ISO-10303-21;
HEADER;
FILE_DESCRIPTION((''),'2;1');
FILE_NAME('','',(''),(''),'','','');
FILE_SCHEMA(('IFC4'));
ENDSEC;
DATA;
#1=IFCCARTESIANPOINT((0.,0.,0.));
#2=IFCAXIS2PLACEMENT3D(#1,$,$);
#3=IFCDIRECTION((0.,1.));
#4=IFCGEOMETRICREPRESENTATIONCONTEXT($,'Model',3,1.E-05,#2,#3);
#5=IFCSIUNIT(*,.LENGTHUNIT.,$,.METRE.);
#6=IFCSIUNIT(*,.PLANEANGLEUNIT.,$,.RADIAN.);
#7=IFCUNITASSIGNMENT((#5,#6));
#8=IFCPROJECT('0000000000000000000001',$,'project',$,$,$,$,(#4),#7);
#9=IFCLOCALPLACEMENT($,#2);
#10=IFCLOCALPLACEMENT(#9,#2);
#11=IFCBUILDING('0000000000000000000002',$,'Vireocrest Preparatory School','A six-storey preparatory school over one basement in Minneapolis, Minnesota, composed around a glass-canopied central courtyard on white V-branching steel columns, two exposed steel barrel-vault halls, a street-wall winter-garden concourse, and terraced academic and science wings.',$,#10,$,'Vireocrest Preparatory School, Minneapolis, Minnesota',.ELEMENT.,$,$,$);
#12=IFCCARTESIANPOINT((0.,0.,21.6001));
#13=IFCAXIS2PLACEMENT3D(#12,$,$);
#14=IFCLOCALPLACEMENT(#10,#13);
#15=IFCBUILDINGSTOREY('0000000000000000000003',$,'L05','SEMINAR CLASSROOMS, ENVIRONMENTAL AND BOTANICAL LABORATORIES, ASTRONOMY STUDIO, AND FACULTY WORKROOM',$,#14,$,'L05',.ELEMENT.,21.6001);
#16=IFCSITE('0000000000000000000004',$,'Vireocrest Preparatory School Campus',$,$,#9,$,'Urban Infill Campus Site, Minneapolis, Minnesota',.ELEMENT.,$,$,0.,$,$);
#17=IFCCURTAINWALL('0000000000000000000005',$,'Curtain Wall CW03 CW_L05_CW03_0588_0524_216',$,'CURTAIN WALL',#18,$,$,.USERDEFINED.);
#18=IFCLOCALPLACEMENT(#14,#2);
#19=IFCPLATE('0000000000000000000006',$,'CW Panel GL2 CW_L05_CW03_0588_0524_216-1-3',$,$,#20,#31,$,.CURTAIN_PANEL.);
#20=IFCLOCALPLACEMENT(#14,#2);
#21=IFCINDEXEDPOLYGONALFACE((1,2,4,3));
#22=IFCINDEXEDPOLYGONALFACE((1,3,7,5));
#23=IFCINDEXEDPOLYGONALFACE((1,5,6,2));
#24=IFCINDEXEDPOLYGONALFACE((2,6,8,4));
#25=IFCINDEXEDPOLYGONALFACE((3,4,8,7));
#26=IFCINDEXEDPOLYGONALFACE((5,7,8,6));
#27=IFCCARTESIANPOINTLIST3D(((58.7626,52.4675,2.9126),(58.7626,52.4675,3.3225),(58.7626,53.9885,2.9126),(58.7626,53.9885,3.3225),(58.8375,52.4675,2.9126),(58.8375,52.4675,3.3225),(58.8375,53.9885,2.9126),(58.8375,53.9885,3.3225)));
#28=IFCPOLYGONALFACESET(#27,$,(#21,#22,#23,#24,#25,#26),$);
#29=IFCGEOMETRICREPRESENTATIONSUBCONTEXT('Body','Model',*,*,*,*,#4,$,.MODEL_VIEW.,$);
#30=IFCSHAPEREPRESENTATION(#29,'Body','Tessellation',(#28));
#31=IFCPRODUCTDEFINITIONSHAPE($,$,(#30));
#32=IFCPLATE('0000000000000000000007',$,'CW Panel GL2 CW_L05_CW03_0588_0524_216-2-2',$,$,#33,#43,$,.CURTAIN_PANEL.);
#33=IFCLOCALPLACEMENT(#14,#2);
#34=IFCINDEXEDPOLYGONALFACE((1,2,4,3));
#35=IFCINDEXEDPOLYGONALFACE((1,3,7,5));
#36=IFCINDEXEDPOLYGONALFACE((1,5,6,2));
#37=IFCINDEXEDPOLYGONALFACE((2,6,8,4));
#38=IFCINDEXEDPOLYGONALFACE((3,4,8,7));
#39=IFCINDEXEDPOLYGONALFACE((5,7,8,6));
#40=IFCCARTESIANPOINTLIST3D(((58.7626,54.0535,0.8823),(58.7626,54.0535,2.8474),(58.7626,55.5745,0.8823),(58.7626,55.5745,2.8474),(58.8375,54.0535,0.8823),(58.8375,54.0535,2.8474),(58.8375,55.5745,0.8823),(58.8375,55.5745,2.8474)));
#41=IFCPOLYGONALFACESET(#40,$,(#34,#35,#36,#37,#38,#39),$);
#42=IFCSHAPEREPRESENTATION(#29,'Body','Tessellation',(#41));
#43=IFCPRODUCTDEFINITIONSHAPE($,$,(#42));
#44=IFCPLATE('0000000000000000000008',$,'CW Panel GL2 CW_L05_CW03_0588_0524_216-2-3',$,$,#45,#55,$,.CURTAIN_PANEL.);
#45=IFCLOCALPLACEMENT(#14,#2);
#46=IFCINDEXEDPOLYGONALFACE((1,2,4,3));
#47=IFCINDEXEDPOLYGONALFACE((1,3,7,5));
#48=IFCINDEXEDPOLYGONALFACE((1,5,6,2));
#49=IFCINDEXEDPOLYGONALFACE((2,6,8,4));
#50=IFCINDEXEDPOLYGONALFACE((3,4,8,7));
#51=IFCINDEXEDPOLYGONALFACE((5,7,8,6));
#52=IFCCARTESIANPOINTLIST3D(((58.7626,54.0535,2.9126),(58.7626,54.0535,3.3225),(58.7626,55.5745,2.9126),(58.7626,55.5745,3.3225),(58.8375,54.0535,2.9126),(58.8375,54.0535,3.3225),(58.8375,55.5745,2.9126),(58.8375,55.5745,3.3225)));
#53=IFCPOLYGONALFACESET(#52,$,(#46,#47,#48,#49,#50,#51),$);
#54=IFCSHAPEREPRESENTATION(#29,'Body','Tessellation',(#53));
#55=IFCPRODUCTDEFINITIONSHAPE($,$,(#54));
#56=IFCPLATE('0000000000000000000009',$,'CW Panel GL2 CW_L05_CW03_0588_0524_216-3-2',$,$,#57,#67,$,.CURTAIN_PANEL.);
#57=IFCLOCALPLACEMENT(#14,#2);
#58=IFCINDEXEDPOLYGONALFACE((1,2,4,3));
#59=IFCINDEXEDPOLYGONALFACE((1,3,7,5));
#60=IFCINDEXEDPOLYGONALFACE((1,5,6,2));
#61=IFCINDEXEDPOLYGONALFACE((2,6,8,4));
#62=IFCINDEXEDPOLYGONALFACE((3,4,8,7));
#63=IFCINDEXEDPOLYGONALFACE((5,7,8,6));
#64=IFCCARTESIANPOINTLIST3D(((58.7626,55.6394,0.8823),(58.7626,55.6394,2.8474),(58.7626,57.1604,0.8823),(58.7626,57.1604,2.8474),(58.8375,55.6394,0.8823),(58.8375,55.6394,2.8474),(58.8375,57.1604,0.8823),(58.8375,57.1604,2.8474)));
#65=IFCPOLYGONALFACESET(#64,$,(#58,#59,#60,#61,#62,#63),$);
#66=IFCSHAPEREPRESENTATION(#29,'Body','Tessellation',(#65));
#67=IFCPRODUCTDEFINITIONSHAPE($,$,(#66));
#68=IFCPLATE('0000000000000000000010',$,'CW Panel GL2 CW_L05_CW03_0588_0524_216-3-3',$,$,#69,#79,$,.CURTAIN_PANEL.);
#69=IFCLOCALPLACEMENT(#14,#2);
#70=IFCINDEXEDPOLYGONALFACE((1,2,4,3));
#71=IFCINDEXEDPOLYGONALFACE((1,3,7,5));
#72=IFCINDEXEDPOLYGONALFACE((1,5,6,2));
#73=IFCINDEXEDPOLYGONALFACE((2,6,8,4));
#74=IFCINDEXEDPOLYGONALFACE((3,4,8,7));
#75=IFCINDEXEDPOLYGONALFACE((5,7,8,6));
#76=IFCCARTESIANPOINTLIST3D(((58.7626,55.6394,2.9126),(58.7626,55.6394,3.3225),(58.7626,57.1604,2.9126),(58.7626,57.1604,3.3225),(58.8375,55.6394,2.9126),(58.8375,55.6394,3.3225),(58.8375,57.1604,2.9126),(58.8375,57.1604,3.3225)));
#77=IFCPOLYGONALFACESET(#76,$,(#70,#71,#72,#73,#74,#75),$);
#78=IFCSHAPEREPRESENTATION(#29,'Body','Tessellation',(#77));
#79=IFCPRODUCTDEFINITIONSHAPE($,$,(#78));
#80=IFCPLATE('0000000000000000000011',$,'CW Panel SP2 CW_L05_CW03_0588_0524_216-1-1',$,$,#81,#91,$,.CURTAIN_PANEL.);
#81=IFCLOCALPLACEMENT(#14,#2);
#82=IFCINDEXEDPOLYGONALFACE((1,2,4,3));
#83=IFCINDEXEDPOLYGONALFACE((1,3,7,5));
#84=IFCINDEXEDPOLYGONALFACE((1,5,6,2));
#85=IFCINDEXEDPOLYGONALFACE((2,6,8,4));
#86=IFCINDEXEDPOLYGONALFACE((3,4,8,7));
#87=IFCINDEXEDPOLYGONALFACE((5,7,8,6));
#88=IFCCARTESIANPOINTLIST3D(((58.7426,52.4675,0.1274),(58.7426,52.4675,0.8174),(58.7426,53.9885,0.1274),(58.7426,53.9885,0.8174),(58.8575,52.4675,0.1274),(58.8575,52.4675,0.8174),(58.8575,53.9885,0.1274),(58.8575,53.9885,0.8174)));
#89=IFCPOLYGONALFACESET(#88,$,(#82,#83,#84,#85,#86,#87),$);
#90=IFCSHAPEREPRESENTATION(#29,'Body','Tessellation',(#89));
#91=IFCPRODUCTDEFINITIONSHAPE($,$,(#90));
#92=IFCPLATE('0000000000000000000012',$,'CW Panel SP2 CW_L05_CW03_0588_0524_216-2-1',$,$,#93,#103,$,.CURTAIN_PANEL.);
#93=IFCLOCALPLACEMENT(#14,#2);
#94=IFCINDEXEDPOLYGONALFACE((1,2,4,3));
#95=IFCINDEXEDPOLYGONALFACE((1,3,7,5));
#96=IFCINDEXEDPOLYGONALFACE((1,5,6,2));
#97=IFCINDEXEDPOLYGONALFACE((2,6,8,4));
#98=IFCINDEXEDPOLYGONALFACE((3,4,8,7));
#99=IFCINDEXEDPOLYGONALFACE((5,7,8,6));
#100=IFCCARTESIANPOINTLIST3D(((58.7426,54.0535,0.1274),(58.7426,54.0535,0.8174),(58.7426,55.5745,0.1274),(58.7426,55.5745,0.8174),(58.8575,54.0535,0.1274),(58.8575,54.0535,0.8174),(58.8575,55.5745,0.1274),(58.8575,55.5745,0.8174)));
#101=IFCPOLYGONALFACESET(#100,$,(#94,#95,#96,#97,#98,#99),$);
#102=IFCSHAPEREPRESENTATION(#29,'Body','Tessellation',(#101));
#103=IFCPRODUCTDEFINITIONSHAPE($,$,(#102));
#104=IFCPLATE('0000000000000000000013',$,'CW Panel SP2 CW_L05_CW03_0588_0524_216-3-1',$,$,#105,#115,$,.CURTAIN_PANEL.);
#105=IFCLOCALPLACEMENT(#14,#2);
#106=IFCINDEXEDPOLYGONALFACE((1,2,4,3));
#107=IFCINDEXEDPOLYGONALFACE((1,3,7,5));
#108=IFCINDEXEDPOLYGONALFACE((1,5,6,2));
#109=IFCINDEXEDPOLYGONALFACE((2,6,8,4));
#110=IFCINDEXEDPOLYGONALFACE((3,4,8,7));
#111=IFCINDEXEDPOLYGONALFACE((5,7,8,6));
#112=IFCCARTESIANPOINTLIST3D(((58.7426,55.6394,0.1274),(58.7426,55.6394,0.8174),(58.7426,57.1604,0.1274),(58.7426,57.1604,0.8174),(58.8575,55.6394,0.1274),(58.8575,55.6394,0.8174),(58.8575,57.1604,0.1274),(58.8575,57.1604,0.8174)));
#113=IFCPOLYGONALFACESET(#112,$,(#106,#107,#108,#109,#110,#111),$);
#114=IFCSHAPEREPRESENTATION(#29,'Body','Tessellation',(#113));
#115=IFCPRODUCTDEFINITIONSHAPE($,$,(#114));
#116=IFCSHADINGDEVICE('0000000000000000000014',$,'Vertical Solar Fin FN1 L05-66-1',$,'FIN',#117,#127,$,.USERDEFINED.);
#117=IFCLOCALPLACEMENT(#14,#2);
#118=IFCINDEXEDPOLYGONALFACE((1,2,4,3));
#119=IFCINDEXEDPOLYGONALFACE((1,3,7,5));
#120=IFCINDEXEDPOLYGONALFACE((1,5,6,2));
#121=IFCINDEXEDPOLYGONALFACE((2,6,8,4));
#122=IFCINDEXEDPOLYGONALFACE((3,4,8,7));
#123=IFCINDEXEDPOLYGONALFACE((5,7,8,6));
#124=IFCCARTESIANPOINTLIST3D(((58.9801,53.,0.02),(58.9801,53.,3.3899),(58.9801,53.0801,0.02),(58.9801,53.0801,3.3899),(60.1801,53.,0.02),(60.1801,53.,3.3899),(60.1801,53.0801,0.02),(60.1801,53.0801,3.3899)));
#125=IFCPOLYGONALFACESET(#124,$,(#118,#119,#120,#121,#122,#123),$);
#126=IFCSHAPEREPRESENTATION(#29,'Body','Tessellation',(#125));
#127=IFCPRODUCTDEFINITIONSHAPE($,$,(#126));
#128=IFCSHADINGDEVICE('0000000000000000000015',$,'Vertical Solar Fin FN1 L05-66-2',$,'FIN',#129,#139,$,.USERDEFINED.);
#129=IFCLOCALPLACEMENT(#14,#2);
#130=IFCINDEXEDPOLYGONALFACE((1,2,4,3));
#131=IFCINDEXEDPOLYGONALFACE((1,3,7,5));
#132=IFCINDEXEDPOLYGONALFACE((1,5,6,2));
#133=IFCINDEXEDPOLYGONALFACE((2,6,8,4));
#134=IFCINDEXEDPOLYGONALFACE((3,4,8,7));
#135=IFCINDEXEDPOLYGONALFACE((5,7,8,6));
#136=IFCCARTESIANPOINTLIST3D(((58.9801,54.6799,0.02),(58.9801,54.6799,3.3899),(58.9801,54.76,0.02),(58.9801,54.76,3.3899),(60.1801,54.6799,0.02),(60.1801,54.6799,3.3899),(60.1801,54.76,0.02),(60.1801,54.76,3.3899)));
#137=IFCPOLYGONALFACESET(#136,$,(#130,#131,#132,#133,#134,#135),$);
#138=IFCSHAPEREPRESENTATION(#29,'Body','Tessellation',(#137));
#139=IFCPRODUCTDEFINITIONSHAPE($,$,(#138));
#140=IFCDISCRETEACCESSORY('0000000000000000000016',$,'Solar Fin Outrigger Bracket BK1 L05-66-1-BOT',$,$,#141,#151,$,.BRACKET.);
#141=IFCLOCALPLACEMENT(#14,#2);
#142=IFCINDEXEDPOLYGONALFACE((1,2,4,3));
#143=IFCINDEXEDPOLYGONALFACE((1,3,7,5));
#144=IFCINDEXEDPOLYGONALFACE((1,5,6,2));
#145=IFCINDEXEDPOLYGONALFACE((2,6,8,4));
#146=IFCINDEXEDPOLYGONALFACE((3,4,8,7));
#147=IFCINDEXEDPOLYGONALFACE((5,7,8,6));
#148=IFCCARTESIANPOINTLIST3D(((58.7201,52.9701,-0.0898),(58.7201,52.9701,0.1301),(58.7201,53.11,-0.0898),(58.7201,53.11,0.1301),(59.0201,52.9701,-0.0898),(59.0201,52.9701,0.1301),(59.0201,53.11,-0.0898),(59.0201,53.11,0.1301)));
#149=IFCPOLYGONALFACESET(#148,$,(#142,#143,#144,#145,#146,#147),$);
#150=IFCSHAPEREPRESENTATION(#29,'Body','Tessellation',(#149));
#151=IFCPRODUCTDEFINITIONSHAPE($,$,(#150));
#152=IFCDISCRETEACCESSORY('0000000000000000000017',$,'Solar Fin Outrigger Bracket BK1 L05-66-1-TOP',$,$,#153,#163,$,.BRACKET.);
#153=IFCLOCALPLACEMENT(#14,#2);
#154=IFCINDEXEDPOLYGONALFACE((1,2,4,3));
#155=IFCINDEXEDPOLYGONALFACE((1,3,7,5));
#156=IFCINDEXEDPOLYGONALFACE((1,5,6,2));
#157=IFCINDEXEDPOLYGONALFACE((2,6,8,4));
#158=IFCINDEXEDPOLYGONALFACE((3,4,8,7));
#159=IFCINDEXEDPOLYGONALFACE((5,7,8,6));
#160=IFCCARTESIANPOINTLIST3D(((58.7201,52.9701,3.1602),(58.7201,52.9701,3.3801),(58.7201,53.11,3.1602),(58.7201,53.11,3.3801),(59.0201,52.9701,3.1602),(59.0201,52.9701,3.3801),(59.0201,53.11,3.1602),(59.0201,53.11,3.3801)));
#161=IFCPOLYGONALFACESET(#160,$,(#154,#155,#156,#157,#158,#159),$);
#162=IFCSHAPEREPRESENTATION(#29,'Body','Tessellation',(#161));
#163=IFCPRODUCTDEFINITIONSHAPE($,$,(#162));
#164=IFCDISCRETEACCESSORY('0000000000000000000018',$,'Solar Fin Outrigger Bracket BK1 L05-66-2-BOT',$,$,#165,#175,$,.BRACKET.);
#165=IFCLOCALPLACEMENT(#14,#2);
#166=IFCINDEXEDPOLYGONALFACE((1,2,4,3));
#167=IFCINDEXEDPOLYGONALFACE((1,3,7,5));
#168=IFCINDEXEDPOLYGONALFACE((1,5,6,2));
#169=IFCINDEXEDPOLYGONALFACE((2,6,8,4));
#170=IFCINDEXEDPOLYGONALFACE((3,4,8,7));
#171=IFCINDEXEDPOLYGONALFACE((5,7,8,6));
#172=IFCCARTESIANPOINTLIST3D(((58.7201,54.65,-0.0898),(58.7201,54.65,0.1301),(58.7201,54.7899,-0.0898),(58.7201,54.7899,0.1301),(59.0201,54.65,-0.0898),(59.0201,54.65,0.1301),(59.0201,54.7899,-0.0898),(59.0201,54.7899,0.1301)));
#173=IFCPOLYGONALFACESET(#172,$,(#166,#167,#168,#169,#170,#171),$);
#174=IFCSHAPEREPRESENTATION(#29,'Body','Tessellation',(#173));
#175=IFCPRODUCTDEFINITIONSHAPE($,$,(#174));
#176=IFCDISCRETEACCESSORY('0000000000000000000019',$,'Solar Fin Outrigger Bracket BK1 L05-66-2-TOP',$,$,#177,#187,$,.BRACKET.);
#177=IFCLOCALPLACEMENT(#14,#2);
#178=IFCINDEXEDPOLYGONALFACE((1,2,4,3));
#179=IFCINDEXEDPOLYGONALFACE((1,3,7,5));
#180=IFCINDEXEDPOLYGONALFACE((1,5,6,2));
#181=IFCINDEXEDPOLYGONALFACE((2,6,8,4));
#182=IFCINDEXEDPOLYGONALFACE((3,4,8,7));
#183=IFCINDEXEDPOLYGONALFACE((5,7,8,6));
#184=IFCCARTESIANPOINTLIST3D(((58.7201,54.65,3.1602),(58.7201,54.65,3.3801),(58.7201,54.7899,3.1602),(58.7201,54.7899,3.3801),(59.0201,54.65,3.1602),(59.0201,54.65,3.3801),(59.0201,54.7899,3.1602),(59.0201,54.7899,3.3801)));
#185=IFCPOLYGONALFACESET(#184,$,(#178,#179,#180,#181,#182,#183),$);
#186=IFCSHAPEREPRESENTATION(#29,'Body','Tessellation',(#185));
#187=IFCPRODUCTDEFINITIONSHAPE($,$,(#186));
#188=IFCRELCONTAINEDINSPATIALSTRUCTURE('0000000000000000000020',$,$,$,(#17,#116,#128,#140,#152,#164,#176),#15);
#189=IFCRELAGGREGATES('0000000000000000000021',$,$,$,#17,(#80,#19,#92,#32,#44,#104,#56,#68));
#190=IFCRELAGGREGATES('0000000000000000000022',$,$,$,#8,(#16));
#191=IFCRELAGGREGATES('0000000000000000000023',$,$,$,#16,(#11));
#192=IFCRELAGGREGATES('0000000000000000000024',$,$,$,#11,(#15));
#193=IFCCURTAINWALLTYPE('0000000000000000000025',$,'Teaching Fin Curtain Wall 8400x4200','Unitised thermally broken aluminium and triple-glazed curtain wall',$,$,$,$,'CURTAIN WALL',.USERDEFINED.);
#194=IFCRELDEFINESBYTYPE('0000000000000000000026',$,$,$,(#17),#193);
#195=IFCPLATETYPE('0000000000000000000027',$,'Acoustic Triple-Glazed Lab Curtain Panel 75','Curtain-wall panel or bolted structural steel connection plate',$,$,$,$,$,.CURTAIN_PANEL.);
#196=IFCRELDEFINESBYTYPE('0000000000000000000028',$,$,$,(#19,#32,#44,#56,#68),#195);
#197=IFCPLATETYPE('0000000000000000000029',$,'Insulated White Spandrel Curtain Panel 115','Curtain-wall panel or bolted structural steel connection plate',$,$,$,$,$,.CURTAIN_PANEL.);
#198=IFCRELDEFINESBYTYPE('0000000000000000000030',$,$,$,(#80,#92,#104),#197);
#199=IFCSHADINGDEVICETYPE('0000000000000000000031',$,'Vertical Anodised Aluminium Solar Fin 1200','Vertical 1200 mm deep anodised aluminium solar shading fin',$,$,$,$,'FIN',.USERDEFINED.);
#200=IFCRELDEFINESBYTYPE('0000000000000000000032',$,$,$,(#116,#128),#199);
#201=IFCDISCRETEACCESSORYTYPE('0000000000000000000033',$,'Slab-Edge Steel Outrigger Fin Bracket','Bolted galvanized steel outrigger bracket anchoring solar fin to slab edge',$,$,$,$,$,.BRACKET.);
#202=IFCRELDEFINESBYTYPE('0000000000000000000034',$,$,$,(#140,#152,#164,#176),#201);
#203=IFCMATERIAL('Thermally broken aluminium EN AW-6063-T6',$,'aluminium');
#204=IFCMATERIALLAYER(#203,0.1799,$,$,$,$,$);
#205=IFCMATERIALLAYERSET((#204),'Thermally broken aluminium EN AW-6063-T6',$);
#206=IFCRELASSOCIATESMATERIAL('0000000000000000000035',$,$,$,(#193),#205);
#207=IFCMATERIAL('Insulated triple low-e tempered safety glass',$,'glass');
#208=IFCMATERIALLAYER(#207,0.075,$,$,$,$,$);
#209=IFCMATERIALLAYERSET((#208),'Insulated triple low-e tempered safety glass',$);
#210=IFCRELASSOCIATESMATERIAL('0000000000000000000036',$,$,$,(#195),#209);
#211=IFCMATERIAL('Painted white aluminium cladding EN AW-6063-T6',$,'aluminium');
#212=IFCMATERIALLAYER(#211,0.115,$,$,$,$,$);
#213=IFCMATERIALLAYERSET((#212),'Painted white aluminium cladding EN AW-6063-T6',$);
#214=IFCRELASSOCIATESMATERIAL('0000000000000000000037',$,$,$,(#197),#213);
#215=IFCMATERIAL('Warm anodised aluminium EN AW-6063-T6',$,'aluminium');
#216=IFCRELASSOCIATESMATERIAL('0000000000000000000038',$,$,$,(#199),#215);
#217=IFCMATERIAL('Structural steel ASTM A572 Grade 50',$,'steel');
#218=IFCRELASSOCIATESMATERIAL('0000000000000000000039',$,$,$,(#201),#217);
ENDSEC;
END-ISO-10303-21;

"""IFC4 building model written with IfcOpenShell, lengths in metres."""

from ifc_helpers import new_model, si_unit, direction, frame, origin, origin_2d, place, context, subcontext, project, spatial, rectangle, extrude, material, layer, layer_set, material_profile, profile_set, type_object, element, aggregate, save


model = new_model("IFC4")

# Units and contexts
model_context = context("Model", 3, precision=1e-05, world=origin(), true_north=direction((0.0, 1.0)))
body_context = subcontext(model_context, "Body", "Model", "MODEL_VIEW")
ifc_project = project(units=[si_unit("LENGTHUNIT", "METRE"), si_unit("PLANEANGLEUNIT", "RADIAN")], contexts=[model_context])

# Site, building, storey
site_placement = place(None, origin())
site = spatial("IfcSite", under=ifc_project, at=site_placement, Name="Vireocrest Preparatory School Campus", LongName="Urban Infill Campus Site, Minneapolis, Minnesota", CompositionType="ELEMENT", RefElevation=0.0)
building_placement = place(site_placement, origin())
building = spatial("IfcBuilding", under=site, at=building_placement, Name="Vireocrest Preparatory School", Description="A six-storey preparatory school over one basement in Minneapolis, Minnesota, composed around a glass-canopied central courtyard on white V-branching steel columns, two exposed steel barrel-vault halls, a street-wall winter-garden concourse, and terraced academic and science wings.", LongName="Vireocrest Preparatory School, Minneapolis, Minnesota", CompositionType="ELEMENT")
storey_placement = place(building_placement, frame((0.0, 0.0, 21.6001)))
storey = spatial("IfcBuildingStorey", under=building, at=storey_placement, Name="L05", Description="SEMINAR CLASSROOMS, ENVIRONMENTAL AND BOTANICAL LABORATORIES, ASTRONOMY STUDIO, AND FACULTY WORKROOM", LongName="L05", CompositionType="ELEMENT", Elevation=21.6001)

# Curtain wall
ifc_material_1 = material(Name="Thermally broken aluminium EN AW-6063-T6", Category="aluminium")
ifc_layer_1 = layer(ifc_material_1, 0.1799)
ifc_layer_set_1 = layer_set([ifc_layer_1], Name="Thermally broken aluminium EN AW-6063-T6")
curtain_wall_type = type_object("IfcCurtainWallType", Name="Teaching Fin Curtain Wall 8400x4200", Description="Unitised thermally broken aluminium and triple-glazed curtain wall", ElementType="CURTAIN WALL", PredefinedType="USERDEFINED", material=ifc_layer_set_1)
curtain_wall_placement = place(storey_placement, origin())
curtain_wall = element("IfcCurtainWall", 1, at=curtain_wall_placement, inside=storey, type_object=curtain_wall_type, Name="Curtain Wall CW03 CW_L05_CW03_0588_0524_216", ObjectType="CURTAIN WALL", PredefinedType="USERDEFINED")

# Plates
ifc_material_2 = material(Name="Insulated triple low-e tempered safety glass", Category="glass")
ifc_layer_2 = layer(ifc_material_2, 0.075)
ifc_layer_set_2 = layer_set([ifc_layer_2], Name="Insulated triple low-e tempered safety glass")
plate_type_1 = type_object("IfcPlateType", Name="Acoustic Triple-Glazed Lab Curtain Panel 75", Description="Curtain-wall panel or bolted structural steel connection plate", PredefinedType="CURTAIN_PANEL", material=ifc_layer_set_2)
plate_1_placement = place(storey_placement, frame((58.8, 53.228, 2.9126), z_axis=(0.0, 0.0, 1.0), x_axis=(0.0, 1.0, 0.0)))
plate_1 = element("IfcPlate", 2, at=plate_1_placement, type_object=plate_type_1, Name="CW Panel GL2 CW_L05_CW03_0588_0524_216-1-3", PredefinedType="CURTAIN_PANEL", context=body_context, shape_type="SweptSolid", body=[
    extrude(rectangle(XDim=1.521, YDim=0.075, at=origin_2d()), origin(), (0.0, 0.0, 1.0), 0.4099),
])
plate_2_placement = place(storey_placement, frame((58.8, 54.814, 0.8823), z_axis=(0.0, 0.0, 1.0), x_axis=(0.0, 1.0, 0.0)))
plate_2 = element("IfcPlate", 3, at=plate_2_placement, type_object=plate_type_1, Name="CW Panel GL2 CW_L05_CW03_0588_0524_216-2-2", PredefinedType="CURTAIN_PANEL", context=body_context, shape_type="SweptSolid", body=[
    extrude(rectangle(XDim=1.521, YDim=0.075, at=origin_2d()), origin(), (0.0, 0.0, 1.0), 1.9651),
])
plate_3_placement = place(storey_placement, frame((58.8, 54.814, 2.9126), z_axis=(0.0, 0.0, 1.0), x_axis=(0.0, 1.0, 0.0)))
plate_3 = element("IfcPlate", 4, at=plate_3_placement, type_object=plate_type_1, Name="CW Panel GL2 CW_L05_CW03_0588_0524_216-2-3", PredefinedType="CURTAIN_PANEL", context=body_context, shape_type="SweptSolid", body=[
    extrude(rectangle(XDim=1.521, YDim=0.075, at=origin_2d()), origin(), (0.0, 0.0, 1.0), 0.4099),
])
plate_4_placement = place(storey_placement, frame((58.8, 56.3999, 0.8823), z_axis=(0.0, 0.0, 1.0), x_axis=(0.0, 1.0, 0.0)))
plate_4 = element("IfcPlate", 5, at=plate_4_placement, type_object=plate_type_1, Name="CW Panel GL2 CW_L05_CW03_0588_0524_216-3-2", PredefinedType="CURTAIN_PANEL", context=body_context, shape_type="SweptSolid", body=[
    extrude(rectangle(XDim=1.521, YDim=0.075, at=origin_2d()), origin(), (0.0, 0.0, 1.0), 1.9651),
])
plate_5_placement = place(storey_placement, frame((58.8, 56.3999, 2.9126), z_axis=(0.0, 0.0, 1.0), x_axis=(0.0, 1.0, 0.0)))
plate_5 = element("IfcPlate", 6, at=plate_5_placement, type_object=plate_type_1, Name="CW Panel GL2 CW_L05_CW03_0588_0524_216-3-3", PredefinedType="CURTAIN_PANEL", context=body_context, shape_type="SweptSolid", body=[
    extrude(rectangle(XDim=1.521, YDim=0.075, at=origin_2d()), origin(), (0.0, 0.0, 1.0), 0.4099),
])
ifc_material_3 = material(Name="Painted white aluminium cladding EN AW-6063-T6", Category="aluminium")
ifc_layer_3 = layer(ifc_material_3, 0.115)
ifc_layer_set_3 = layer_set([ifc_layer_3], Name="Painted white aluminium cladding EN AW-6063-T6")
plate_type_2 = type_object("IfcPlateType", Name="Insulated White Spandrel Curtain Panel 115", Description="Curtain-wall panel or bolted structural steel connection plate", PredefinedType="CURTAIN_PANEL", material=ifc_layer_set_3)
plate_6_placement = place(storey_placement, frame((58.8, 53.228, 0.1274), z_axis=(0.0, 0.0, 1.0), x_axis=(0.0, 1.0, 0.0)))
plate_6 = element("IfcPlate", 7, at=plate_6_placement, type_object=plate_type_2, Name="CW Panel SP2 CW_L05_CW03_0588_0524_216-1-1", PredefinedType="CURTAIN_PANEL", context=body_context, shape_type="SweptSolid", body=[
    extrude(rectangle(XDim=1.521, YDim=0.115, at=origin_2d()), origin(), (0.0, 0.0, 1.0), 0.6899),
])
plate_7_placement = place(storey_placement, frame((58.8, 54.814, 0.1274), z_axis=(0.0, 0.0, 1.0), x_axis=(0.0, 1.0, 0.0)))
plate_7 = element("IfcPlate", 8, at=plate_7_placement, type_object=plate_type_2, Name="CW Panel SP2 CW_L05_CW03_0588_0524_216-2-1", PredefinedType="CURTAIN_PANEL", context=body_context, shape_type="SweptSolid", body=[
    extrude(rectangle(XDim=1.521, YDim=0.115, at=origin_2d()), origin(), (0.0, 0.0, 1.0), 0.6899),
])
plate_8_placement = place(storey_placement, frame((58.8, 56.3999, 0.1274), z_axis=(0.0, 0.0, 1.0), x_axis=(0.0, 1.0, 0.0)))
plate_8 = element("IfcPlate", 9, at=plate_8_placement, type_object=plate_type_2, Name="CW Panel SP2 CW_L05_CW03_0588_0524_216-3-1", PredefinedType="CURTAIN_PANEL", context=body_context, shape_type="SweptSolid", body=[
    extrude(rectangle(XDim=1.521, YDim=0.115, at=origin_2d()), origin(), (0.0, 0.0, 1.0), 0.6899),
])
aggregate(curtain_wall, [plate_6, plate_1, plate_7, plate_2, plate_3, plate_8, plate_4, plate_5])

# Shading devices
ifc_material_4 = material(Name="Warm anodised aluminium EN AW-6063-T6", Category="aluminium")
ifc_material_profile_1 = material_profile(ifc_material_4, rectangle(XDim=0.0801, YDim=1.2, at=origin_2d()), Name="FIN 80x1200")
ifc_profile_set_1 = profile_set([ifc_material_profile_1], Name="Warm anodised aluminium EN AW-6063-T6")
shading_device_type = type_object("IfcShadingDeviceType", Name="Vertical Anodised Aluminium Solar Fin 1200", Description="Vertical 1200 mm deep anodised aluminium solar shading fin", ElementType="FIN", PredefinedType="USERDEFINED", material=ifc_profile_set_1)
for number, where, z_axis, x_axis, name in (
    (10, (59.5801, 53.04, 0.02), (0.0, 0.0, 1.0), (0.0, -1.0, 0.0), "Vertical Solar Fin FN1 L05-66-1"),
    (11, (59.5801, 54.72, 0.02), (0.0, 0.0, 1.0), (0.0, -1.0, 0.0), "Vertical Solar Fin FN1 L05-66-2"),
):
    element("IfcShadingDevice", number, at=place(storey_placement, frame(where, z_axis=z_axis, x_axis=x_axis)), inside=storey, type_object=shading_device_type, Name=name, ObjectType="FIN", PredefinedType="USERDEFINED", context=body_context, shape_type="SweptSolid", body=[
        extrude(rectangle(XDim=0.0801, YDim=1.2, at=origin_2d()), origin(), (0.0, 0.0, 1.0), 3.3699),
    ])

# Discrete accessories
ifc_material_5 = material(Name="Structural steel ASTM A572 Grade 50", Category="steel")
discrete_accessory_type = type_object("IfcDiscreteAccessoryType", Name="Slab-Edge Steel Outrigger Fin Bracket", Description="Bolted galvanized steel outrigger bracket anchoring solar fin to slab edge", PredefinedType="BRACKET", material=ifc_material_5)
for number, where, z_axis, x_axis, name in (
    (12, (58.8701, 53.04, -0.0898), (0.0, 0.0, 1.0), (0.0, -1.0, 0.0), "Solar Fin Outrigger Bracket BK1 L05-66-1-BOT"),
    (13, (58.8701, 53.04, 3.1602), (0.0, 0.0, 1.0), (0.0, -1.0, 0.0), "Solar Fin Outrigger Bracket BK1 L05-66-1-TOP"),
    (14, (58.8701, 54.72, -0.0898), (0.0, 0.0, 1.0), (0.0, -1.0, 0.0), "Solar Fin Outrigger Bracket BK1 L05-66-2-BOT"),
    (15, (58.8701, 54.72, 3.1602), (0.0, 0.0, 1.0), (0.0, -1.0, 0.0), "Solar Fin Outrigger Bracket BK1 L05-66-2-TOP"),
):
    element("IfcDiscreteAccessory", number, at=place(storey_placement, frame(where, z_axis=z_axis, x_axis=x_axis)), inside=storey, type_object=discrete_accessory_type, Name=name, PredefinedType="BRACKET", context=body_context, shape_type="SweptSolid", body=[
        extrude(rectangle(XDim=0.1399, YDim=0.3, at=origin_2d()), origin(), (0.0, 0.0, 1.0), 0.22),
    ])

save(model, "model.ifc")
